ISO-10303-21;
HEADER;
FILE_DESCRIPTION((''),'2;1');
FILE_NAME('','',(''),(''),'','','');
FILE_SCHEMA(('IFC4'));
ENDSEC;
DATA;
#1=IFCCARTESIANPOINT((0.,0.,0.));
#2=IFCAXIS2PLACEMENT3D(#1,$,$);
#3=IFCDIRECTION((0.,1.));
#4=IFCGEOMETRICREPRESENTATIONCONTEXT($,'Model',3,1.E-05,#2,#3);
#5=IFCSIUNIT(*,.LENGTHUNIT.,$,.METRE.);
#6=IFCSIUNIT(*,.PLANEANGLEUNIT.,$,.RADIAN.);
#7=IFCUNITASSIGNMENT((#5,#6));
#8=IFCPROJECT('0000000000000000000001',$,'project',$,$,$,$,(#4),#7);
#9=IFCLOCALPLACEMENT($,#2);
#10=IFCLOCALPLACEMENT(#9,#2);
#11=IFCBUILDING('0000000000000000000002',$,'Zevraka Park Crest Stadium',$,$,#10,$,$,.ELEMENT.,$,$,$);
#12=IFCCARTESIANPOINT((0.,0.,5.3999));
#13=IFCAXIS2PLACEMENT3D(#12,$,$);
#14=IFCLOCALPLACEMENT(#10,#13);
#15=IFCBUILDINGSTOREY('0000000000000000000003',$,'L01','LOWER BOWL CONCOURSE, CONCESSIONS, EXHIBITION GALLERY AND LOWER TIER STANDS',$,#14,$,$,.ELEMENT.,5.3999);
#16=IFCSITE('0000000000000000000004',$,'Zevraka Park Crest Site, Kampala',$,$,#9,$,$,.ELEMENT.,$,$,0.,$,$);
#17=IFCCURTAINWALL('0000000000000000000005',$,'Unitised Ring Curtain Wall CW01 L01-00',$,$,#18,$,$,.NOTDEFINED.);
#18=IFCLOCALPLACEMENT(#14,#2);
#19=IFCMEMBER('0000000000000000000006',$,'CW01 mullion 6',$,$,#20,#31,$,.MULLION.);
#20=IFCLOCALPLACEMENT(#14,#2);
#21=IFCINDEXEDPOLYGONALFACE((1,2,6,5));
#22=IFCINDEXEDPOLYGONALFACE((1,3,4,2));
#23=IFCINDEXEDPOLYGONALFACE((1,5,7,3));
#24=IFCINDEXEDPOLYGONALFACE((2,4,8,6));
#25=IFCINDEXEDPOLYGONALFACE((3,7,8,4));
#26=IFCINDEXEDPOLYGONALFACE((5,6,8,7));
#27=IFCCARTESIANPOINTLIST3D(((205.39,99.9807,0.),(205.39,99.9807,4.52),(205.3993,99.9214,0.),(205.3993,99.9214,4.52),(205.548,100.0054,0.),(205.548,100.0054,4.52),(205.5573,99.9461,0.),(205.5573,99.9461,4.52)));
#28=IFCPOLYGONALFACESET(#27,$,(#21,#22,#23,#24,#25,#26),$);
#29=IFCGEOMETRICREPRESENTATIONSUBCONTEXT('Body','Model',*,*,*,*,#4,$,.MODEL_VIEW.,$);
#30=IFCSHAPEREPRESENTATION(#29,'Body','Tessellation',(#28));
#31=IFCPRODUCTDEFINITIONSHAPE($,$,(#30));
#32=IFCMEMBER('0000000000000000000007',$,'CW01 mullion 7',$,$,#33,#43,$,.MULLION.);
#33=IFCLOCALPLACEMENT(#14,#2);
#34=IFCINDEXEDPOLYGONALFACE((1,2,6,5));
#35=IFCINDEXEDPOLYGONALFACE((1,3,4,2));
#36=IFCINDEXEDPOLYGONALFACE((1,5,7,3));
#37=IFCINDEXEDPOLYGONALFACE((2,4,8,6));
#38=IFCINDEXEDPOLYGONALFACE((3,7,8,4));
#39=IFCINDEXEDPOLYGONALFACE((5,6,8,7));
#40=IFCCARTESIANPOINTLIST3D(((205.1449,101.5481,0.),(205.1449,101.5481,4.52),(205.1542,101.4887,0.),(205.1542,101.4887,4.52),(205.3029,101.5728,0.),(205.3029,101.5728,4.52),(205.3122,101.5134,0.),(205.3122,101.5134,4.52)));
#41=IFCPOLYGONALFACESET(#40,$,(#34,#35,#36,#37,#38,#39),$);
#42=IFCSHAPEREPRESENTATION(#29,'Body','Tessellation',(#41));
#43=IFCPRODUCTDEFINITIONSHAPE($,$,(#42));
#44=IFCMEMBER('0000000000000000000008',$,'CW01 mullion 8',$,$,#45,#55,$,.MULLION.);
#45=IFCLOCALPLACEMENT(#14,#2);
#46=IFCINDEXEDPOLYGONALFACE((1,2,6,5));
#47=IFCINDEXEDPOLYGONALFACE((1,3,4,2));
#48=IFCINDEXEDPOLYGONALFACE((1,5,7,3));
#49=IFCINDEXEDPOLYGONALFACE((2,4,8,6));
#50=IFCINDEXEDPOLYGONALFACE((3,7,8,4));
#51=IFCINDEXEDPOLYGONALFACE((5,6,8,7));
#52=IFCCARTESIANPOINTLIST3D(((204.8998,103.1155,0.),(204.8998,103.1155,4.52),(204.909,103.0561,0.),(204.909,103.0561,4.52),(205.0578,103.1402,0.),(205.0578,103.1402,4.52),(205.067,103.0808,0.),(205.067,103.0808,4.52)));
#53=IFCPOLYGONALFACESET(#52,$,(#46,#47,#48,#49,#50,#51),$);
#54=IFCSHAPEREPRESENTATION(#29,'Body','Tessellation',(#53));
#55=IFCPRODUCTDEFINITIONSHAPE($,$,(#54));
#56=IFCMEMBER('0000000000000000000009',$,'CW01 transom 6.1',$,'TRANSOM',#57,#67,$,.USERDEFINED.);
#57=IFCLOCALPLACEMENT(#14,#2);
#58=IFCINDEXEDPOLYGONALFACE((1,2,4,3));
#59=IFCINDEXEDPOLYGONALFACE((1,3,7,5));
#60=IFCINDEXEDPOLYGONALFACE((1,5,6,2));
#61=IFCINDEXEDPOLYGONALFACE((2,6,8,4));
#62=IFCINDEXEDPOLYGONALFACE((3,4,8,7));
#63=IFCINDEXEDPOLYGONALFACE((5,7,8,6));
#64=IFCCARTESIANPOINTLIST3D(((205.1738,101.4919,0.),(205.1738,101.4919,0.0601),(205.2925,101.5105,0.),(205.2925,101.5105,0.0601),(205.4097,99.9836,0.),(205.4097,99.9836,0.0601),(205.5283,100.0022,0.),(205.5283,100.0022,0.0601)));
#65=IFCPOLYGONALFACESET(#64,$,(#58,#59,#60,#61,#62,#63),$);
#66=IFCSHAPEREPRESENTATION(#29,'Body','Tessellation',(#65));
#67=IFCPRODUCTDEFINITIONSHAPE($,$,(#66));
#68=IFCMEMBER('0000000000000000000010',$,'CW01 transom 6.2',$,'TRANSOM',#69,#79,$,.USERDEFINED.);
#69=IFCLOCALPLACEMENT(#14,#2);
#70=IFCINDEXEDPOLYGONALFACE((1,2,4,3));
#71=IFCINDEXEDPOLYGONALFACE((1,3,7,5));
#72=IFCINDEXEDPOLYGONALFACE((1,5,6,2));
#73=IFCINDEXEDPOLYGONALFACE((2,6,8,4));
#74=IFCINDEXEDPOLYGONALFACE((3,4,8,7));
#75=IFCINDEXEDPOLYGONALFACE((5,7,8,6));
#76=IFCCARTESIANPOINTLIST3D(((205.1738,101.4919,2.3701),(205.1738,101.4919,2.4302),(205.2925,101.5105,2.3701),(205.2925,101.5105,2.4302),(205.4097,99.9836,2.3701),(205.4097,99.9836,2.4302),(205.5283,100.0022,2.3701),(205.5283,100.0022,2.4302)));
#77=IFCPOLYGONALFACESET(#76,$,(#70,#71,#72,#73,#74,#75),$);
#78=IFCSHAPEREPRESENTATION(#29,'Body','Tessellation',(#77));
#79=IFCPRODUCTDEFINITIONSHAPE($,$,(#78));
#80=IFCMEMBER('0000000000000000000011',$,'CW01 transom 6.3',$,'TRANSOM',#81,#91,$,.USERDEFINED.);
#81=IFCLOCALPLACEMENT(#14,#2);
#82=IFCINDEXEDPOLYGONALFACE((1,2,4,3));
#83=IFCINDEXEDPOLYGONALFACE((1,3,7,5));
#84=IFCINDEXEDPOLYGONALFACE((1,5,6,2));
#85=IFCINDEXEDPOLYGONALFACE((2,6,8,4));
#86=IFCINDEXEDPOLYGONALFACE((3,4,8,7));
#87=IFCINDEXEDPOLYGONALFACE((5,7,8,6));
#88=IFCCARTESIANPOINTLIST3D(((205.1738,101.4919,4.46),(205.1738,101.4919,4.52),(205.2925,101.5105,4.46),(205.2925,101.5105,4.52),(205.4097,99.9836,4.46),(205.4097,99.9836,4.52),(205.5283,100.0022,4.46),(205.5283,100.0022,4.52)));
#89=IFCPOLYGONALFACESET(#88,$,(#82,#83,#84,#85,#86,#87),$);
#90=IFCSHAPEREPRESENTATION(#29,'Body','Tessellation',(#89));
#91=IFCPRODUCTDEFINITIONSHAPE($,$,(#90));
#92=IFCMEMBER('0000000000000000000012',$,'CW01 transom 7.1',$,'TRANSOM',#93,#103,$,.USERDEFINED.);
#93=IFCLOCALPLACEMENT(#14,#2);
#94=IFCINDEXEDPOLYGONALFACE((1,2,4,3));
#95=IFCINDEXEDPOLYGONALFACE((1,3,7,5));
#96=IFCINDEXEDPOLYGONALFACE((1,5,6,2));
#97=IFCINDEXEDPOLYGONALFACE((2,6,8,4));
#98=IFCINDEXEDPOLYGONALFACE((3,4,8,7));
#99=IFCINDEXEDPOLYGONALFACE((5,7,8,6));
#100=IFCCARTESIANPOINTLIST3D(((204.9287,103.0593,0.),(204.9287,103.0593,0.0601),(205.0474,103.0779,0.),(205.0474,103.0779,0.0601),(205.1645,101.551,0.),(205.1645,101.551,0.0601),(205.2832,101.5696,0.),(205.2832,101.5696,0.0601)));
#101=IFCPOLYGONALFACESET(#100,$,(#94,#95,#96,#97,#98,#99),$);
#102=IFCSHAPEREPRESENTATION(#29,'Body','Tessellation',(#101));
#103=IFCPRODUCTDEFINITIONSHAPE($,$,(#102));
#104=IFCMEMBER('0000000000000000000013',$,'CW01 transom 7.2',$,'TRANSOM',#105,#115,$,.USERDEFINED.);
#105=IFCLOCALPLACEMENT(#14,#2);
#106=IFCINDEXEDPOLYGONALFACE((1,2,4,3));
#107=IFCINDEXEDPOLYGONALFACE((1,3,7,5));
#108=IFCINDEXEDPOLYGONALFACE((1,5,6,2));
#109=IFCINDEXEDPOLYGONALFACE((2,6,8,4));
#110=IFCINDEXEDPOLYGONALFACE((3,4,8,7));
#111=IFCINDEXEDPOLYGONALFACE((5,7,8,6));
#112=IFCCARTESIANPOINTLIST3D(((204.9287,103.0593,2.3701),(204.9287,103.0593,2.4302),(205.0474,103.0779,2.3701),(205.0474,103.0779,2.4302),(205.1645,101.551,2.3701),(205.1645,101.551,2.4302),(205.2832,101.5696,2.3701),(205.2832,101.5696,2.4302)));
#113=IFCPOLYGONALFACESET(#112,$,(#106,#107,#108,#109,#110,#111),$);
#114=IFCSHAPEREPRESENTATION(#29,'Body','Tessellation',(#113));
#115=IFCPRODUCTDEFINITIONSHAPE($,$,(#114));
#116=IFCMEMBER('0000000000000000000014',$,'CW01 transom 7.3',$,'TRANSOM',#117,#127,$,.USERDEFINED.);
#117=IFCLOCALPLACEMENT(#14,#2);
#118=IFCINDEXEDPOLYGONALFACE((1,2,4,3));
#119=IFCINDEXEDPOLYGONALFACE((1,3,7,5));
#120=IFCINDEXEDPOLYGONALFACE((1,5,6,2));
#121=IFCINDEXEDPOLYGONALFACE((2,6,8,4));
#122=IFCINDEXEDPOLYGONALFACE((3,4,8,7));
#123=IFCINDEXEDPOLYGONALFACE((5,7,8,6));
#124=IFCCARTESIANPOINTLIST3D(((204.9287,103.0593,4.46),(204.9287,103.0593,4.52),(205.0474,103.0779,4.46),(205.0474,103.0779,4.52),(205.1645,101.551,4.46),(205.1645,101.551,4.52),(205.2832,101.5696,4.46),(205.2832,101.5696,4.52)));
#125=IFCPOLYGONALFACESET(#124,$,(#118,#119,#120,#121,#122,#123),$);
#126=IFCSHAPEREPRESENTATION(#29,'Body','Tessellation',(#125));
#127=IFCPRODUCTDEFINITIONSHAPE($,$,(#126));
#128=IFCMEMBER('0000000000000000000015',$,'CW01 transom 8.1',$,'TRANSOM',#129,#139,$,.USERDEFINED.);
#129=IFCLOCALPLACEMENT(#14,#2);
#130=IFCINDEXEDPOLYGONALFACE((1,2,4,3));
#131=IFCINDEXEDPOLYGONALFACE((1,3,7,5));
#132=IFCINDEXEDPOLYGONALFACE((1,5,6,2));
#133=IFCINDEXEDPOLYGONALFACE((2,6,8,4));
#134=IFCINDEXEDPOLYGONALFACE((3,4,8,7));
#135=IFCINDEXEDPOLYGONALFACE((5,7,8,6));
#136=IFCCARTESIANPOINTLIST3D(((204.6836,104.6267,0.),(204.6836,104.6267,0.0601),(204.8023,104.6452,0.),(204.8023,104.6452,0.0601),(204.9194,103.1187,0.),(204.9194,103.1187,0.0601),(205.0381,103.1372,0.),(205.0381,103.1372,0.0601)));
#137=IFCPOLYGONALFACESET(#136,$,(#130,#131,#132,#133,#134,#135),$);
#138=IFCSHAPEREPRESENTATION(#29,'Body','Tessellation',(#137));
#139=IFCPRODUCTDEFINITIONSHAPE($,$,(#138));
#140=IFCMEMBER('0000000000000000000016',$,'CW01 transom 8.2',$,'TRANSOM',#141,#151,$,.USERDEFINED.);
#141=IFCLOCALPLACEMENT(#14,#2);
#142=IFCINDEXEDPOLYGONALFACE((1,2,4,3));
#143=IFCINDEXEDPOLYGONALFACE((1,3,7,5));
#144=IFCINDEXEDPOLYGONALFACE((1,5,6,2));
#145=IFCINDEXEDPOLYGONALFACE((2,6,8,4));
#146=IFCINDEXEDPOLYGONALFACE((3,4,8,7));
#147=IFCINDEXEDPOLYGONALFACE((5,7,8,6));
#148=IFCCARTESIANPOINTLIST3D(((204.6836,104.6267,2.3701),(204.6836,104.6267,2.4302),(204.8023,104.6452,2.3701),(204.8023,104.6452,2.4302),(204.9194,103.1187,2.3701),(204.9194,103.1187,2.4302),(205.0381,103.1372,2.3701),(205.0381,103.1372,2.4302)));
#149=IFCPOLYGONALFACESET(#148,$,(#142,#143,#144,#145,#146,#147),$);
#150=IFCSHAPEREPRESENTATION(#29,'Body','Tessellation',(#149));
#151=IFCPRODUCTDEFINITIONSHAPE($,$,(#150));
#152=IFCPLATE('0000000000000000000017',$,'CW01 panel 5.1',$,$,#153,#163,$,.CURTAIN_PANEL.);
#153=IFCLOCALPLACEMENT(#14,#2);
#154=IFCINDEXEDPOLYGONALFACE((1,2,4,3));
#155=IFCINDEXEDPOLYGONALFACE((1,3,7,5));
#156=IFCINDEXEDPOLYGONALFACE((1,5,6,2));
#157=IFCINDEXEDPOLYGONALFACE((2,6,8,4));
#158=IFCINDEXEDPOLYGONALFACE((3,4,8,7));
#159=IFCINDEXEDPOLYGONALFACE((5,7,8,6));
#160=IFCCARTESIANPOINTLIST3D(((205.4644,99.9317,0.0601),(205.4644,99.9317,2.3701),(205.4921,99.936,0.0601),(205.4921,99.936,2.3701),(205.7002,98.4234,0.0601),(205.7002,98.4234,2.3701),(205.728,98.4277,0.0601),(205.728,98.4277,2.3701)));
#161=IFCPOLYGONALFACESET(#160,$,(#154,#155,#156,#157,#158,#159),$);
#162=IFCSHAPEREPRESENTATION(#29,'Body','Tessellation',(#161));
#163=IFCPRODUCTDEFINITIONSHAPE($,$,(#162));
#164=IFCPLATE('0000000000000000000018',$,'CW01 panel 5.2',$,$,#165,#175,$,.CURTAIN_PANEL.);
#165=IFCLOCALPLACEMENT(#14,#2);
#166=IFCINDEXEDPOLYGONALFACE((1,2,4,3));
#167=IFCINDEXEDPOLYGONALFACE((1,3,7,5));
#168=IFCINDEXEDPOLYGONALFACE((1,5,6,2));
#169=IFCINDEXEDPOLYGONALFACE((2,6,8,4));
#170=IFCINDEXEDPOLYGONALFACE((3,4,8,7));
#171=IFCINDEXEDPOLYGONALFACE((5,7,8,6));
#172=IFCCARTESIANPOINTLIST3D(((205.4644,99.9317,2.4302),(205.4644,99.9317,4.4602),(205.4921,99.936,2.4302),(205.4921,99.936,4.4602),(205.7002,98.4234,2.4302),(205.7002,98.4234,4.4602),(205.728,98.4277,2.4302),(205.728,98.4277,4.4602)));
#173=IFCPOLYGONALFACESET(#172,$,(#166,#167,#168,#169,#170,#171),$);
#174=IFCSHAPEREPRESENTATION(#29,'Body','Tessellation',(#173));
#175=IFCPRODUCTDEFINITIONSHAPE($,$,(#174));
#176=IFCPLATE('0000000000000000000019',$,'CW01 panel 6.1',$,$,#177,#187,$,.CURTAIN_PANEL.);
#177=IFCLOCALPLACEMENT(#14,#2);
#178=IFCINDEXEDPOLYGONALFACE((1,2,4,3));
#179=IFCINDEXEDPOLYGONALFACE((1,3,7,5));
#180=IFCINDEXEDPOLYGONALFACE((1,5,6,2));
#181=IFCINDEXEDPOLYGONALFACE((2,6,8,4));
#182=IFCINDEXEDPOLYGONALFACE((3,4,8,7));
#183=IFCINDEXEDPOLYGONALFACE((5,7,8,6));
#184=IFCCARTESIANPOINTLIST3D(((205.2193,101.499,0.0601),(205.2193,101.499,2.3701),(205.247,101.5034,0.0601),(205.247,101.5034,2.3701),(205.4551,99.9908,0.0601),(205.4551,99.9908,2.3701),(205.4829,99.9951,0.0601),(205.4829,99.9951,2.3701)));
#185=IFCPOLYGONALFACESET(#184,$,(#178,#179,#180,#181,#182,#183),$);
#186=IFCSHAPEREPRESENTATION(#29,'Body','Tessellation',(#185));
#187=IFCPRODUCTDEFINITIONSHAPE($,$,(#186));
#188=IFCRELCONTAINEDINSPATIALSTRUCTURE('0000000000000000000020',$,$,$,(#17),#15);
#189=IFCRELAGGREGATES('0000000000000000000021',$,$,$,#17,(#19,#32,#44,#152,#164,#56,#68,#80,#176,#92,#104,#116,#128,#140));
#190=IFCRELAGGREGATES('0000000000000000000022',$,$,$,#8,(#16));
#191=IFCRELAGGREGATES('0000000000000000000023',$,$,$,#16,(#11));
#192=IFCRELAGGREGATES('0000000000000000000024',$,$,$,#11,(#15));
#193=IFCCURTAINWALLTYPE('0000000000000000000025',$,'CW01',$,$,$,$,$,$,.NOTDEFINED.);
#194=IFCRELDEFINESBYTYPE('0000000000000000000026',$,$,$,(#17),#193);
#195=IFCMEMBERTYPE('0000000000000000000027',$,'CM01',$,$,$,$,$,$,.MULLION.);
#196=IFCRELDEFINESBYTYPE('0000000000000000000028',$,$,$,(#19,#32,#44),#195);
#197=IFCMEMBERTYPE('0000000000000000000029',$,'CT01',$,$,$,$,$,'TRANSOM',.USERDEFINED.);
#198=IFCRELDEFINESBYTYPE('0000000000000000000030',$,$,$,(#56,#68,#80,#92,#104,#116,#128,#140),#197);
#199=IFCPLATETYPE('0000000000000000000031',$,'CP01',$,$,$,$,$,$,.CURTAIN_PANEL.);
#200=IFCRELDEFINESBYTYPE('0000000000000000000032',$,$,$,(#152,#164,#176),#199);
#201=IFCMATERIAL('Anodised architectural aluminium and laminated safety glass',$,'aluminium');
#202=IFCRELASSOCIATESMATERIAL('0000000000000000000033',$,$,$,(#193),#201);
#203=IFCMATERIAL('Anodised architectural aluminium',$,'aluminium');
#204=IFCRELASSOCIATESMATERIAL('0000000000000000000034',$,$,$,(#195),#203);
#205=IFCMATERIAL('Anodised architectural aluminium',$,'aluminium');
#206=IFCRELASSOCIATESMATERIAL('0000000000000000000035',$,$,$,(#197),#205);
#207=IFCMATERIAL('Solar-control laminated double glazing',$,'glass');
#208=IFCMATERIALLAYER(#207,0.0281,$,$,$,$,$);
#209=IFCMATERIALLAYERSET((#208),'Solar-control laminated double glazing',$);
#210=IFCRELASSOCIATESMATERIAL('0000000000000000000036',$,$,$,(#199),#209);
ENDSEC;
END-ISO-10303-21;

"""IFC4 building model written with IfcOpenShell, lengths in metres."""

from ifc_helpers import new_model, si_unit, direction, frame, origin, origin_2d, place, context, subcontext, project, spatial, rectangle, extrude, material, layer, layer_set, material_profile, profile_set, type_object, element, aggregate, save


model = new_model("IFC4")

# Units and contexts
model_context = context("Model", 3, precision=1e-05, world=origin(), true_north=direction((0.0, 1.0)))
body_context = subcontext(model_context, "Body", "Model", "MODEL_VIEW")
ifc_project = project(units=[si_unit("LENGTHUNIT", "METRE"), si_unit("PLANEANGLEUNIT", "RADIAN")], contexts=[model_context])

# Site, building, storey
site_placement = place(None, origin())
site = spatial("IfcSite", under=ifc_project, at=site_placement, Name="Zevraka Park Crest Site, Kampala", CompositionType="ELEMENT", RefElevation=0.0)
building_placement = place(site_placement, origin())
building = spatial("IfcBuilding", under=site, at=building_placement, Name="Zevraka Park Crest Stadium", CompositionType="ELEMENT")
storey_placement = place(building_placement, frame((0.0, 0.0, 5.3999)))
storey = spatial("IfcBuildingStorey", under=building, at=storey_placement, Name="L01", Description="LOWER BOWL CONCOURSE, CONCESSIONS, EXHIBITION GALLERY AND LOWER TIER STANDS", CompositionType="ELEMENT", Elevation=5.3999)

# Curtain wall, members, plates
ifc_material_1 = material(Name="Anodised architectural aluminium and laminated safety glass", Category="aluminium")
curtain_wall_type = type_object("IfcCurtainWallType", Name="CW01", PredefinedType="NOTDEFINED", material=ifc_material_1)
curtain_wall_placement = place(storey_placement, origin())
curtain_wall = element("IfcCurtainWall", 1, at=curtain_wall_placement, inside=storey, type_object=curtain_wall_type, Name="Unitised Ring Curtain Wall CW01 L01-00", PredefinedType="NOTDEFINED")
ifc_material_2 = material(Name="Anodised architectural aluminium", Category="aluminium")
ifc_material_profile_1 = material_profile(ifc_material_2, rectangle(XDim=0.1599, YDim=0.0601, at=origin_2d()), Name="ALU MULLION 160x60")
ifc_profile_set_1 = profile_set([ifc_material_profile_1], Name="Anodised architectural aluminium")
member_type_1 = type_object("IfcMemberType", Name="CM01", PredefinedType="MULLION", material=ifc_profile_set_1)
member_1_placement = place(storey_placement, frame((205.4736, 99.9634, 0.0), z_axis=(0.0, 0.0, 1.0), x_axis=(-0.987997, -0.154476, 0.0)))
member_1 = element("IfcMember", 2, at=member_1_placement, type_object=member_type_1, Name="CW01 mullion 6", PredefinedType="MULLION", context=body_context, shape_type="SweptSolid", body=[
    extrude(rectangle(XDim=0.1599, YDim=0.0601, at=origin_2d()), origin(), (0.0, 0.0, 1.0), 4.52),
])
member_2_placement = place(storey_placement, frame((205.2285, 101.5308, 0.0), z_axis=(0.0, 0.0, 1.0), x_axis=(-0.987997, -0.154476, 0.0)))
member_2 = element("IfcMember", 3, at=member_2_placement, type_object=member_type_1, Name="CW01 mullion 7", PredefinedType="MULLION", context=body_context, shape_type="SweptSolid", body=[
    extrude(rectangle(XDim=0.1599, YDim=0.0601, at=origin_2d()), origin(), (0.0, 0.0, 1.0), 4.52),
])
member_3_placement = place(storey_placement, frame((204.9834, 103.0981, 0.0), z_axis=(0.0, 0.0, 1.0), x_axis=(-0.987997, -0.154476, 0.0)))
member_3 = element("IfcMember", 4, at=member_3_placement, type_object=member_type_1, Name="CW01 mullion 8", PredefinedType="MULLION", context=body_context, shape_type="SweptSolid", body=[
    extrude(rectangle(XDim=0.1599, YDim=0.0601, at=origin_2d()), origin(), (0.0, 0.0, 1.0), 4.52),
])
ifc_material_3 = material(Name="Anodised architectural aluminium", Category="aluminium")
ifc_material_profile_2 = material_profile(ifc_material_3, rectangle(XDim=0.1201, YDim=0.0601, at=origin_2d()), Name="ALU TRANSOM 120x60")
ifc_profile_set_2 = profile_set([ifc_material_profile_2], Name="Anodised architectural aluminium")
member_type_2 = type_object("IfcMemberType", Name="CT01", ElementType="TRANSOM", PredefinedType="USERDEFINED", material=ifc_profile_set_2)
member_4_placement = place(storey_placement, frame((205.469, 99.9929, 0.03), z_axis=(-0.154484, 0.987995, 0.0), x_axis=(-0.987995, -0.154484, 0.0)))
member_4 = element("IfcMember", 5, at=member_4_placement, type_object=member_type_2, Name="CW01 transom 6.1", ObjectType="TRANSOM", PredefinedType="USERDEFINED", context=body_context, shape_type="SweptSolid", body=[
    extrude(rectangle(XDim=0.1201, YDim=0.0601, at=origin_2d()), origin(), (0.0, 0.0, 1.0), 1.5266),
])
member_5_placement = place(storey_placement, frame((205.469, 99.9929, 2.4001), z_axis=(-0.154484, 0.987995, 0.0), x_axis=(-0.987995, -0.154484, 0.0)))
member_5 = element("IfcMember", 6, at=member_5_placement, type_object=member_type_2, Name="CW01 transom 6.2", ObjectType="TRANSOM", PredefinedType="USERDEFINED", context=body_context, shape_type="SweptSolid", body=[
    extrude(rectangle(XDim=0.1201, YDim=0.0601, at=origin_2d()), origin(), (0.0, 0.0, 1.0), 1.5266),
])
member_6_placement = place(storey_placement, frame((205.469, 99.9929, 4.49), z_axis=(-0.154484, 0.987995, 0.0), x_axis=(-0.987995, -0.154484, 0.0)))
member_6 = element("IfcMember", 7, at=member_6_placement, type_object=member_type_2, Name="CW01 transom 6.3", ObjectType="TRANSOM", PredefinedType="USERDEFINED", context=body_context, shape_type="SweptSolid", body=[
    extrude(rectangle(XDim=0.1201, YDim=0.0601, at=origin_2d()), origin(), (0.0, 0.0, 1.0), 1.5266),
])
member_7_placement = place(storey_placement, frame((205.2239, 101.5603, 0.03), z_axis=(-0.154484, 0.987995, 0.0), x_axis=(-0.987995, -0.154484, 0.0)))
member_7 = element("IfcMember", 8, at=member_7_placement, type_object=member_type_2, Name="CW01 transom 7.1", ObjectType="TRANSOM", PredefinedType="USERDEFINED", context=body_context, shape_type="SweptSolid", body=[
    extrude(rectangle(XDim=0.1201, YDim=0.0601, at=origin_2d()), origin(), (0.0, 0.0, 1.0), 1.5266),
])
member_8_placement = place(storey_placement, frame((205.2239, 101.5603, 2.4001), z_axis=(-0.154484, 0.987995, 0.0), x_axis=(-0.987995, -0.154484, 0.0)))
member_8 = element("IfcMember", 9, at=member_8_placement, type_object=member_type_2, Name="CW01 transom 7.2", ObjectType="TRANSOM", PredefinedType="USERDEFINED", context=body_context, shape_type="SweptSolid", body=[
    extrude(rectangle(XDim=0.1201, YDim=0.0601, at=origin_2d()), origin(), (0.0, 0.0, 1.0), 1.5266),
])
member_9_placement = place(storey_placement, frame((205.2239, 101.5603, 4.49), z_axis=(-0.154484, 0.987995, 0.0), x_axis=(-0.987995, -0.154484, 0.0)))
member_9 = element("IfcMember", 10, at=member_9_placement, type_object=member_type_2, Name="CW01 transom 7.3", ObjectType="TRANSOM", PredefinedType="USERDEFINED", context=body_context, shape_type="SweptSolid", body=[
    extrude(rectangle(XDim=0.1201, YDim=0.0601, at=origin_2d()), origin(), (0.0, 0.0, 1.0), 1.5266),
])
member_10_placement = place(storey_placement, frame((204.9788, 103.1279, 0.03), z_axis=(-0.154509, 0.987991, 0.0), x_axis=(-0.987991, -0.154509, 0.0)))
member_10 = element("IfcMember", 11, at=member_10_placement, type_object=member_type_2, Name="CW01 transom 8.1", ObjectType="TRANSOM", PredefinedType="USERDEFINED", context=body_context, shape_type="SweptSolid", body=[
    extrude(rectangle(XDim=0.1201, YDim=0.0601, at=origin_2d()), origin(), (0.0, 0.0, 1.0), 1.5264),
])
member_11_placement = place(storey_placement, frame((204.9788, 103.1279, 2.4001), z_axis=(-0.154509, 0.987991, 0.0), x_axis=(-0.987991, -0.154509, 0.0)))
member_11 = element("IfcMember", 12, at=member_11_placement, type_object=member_type_2, Name="CW01 transom 8.2", ObjectType="TRANSOM", PredefinedType="USERDEFINED", context=body_context, shape_type="SweptSolid", body=[
    extrude(rectangle(XDim=0.1201, YDim=0.0601, at=origin_2d()), origin(), (0.0, 0.0, 1.0), 1.5264),
])
ifc_material_4 = material(Name="Solar-control laminated double glazing", Category="glass")
ifc_layer_1 = layer(ifc_material_4, 0.0281)
ifc_layer_set_1 = layer_set([ifc_layer_1], Name="Solar-control laminated double glazing")
plate_type = type_object("IfcPlateType", Name="CP01", PredefinedType="CURTAIN_PANEL", material=ifc_layer_set_1)
plate_1_placement = place(storey_placement, frame((205.5962, 99.1797, 0.0601), z_axis=(0.0, 0.0, 1.0), x_axis=(-0.154476, 0.987997, 0.0)))
plate_1 = element("IfcPlate", 13, at=plate_1_placement, type_object=plate_type, Name="CW01 panel 5.1", PredefinedType="CURTAIN_PANEL", context=body_context, shape_type="SweptSolid", body=[
    extrude(rectangle(XDim=1.5266, YDim=0.0281, at=origin_2d()), origin(), (0.0, 0.0, 1.0), 2.3101),
])
plate_2_placement = place(storey_placement, frame((205.5962, 99.1797, 2.4302), z_axis=(0.0, 0.0, 1.0), x_axis=(-0.154476, 0.987997, 0.0)))
plate_2 = element("IfcPlate", 14, at=plate_2_placement, type_object=plate_type, Name="CW01 panel 5.2", PredefinedType="CURTAIN_PANEL", context=body_context, shape_type="SweptSolid", body=[
    extrude(rectangle(XDim=1.5266, YDim=0.0281, at=origin_2d()), origin(), (0.0, 0.0, 1.0), 2.03),
])
plate_3_placement = place(storey_placement, frame((205.3511, 100.7471, 0.0601), z_axis=(0.0, 0.0, 1.0), x_axis=(-0.154476, 0.987997, 0.0)))
plate_3 = element("IfcPlate", 15, at=plate_3_placement, type_object=plate_type, Name="CW01 panel 6.1", PredefinedType="CURTAIN_PANEL", context=body_context, shape_type="SweptSolid", body=[
    extrude(rectangle(XDim=1.5266, YDim=0.0281, at=origin_2d()), origin(), (0.0, 0.0, 1.0), 2.3101),
])
aggregate(curtain_wall, [member_1, member_2, member_3, plate_1, plate_2, member_4, member_5, member_6, plate_3, member_7, member_8, member_9, member_10, member_11])

save(model, "model.ifc")
